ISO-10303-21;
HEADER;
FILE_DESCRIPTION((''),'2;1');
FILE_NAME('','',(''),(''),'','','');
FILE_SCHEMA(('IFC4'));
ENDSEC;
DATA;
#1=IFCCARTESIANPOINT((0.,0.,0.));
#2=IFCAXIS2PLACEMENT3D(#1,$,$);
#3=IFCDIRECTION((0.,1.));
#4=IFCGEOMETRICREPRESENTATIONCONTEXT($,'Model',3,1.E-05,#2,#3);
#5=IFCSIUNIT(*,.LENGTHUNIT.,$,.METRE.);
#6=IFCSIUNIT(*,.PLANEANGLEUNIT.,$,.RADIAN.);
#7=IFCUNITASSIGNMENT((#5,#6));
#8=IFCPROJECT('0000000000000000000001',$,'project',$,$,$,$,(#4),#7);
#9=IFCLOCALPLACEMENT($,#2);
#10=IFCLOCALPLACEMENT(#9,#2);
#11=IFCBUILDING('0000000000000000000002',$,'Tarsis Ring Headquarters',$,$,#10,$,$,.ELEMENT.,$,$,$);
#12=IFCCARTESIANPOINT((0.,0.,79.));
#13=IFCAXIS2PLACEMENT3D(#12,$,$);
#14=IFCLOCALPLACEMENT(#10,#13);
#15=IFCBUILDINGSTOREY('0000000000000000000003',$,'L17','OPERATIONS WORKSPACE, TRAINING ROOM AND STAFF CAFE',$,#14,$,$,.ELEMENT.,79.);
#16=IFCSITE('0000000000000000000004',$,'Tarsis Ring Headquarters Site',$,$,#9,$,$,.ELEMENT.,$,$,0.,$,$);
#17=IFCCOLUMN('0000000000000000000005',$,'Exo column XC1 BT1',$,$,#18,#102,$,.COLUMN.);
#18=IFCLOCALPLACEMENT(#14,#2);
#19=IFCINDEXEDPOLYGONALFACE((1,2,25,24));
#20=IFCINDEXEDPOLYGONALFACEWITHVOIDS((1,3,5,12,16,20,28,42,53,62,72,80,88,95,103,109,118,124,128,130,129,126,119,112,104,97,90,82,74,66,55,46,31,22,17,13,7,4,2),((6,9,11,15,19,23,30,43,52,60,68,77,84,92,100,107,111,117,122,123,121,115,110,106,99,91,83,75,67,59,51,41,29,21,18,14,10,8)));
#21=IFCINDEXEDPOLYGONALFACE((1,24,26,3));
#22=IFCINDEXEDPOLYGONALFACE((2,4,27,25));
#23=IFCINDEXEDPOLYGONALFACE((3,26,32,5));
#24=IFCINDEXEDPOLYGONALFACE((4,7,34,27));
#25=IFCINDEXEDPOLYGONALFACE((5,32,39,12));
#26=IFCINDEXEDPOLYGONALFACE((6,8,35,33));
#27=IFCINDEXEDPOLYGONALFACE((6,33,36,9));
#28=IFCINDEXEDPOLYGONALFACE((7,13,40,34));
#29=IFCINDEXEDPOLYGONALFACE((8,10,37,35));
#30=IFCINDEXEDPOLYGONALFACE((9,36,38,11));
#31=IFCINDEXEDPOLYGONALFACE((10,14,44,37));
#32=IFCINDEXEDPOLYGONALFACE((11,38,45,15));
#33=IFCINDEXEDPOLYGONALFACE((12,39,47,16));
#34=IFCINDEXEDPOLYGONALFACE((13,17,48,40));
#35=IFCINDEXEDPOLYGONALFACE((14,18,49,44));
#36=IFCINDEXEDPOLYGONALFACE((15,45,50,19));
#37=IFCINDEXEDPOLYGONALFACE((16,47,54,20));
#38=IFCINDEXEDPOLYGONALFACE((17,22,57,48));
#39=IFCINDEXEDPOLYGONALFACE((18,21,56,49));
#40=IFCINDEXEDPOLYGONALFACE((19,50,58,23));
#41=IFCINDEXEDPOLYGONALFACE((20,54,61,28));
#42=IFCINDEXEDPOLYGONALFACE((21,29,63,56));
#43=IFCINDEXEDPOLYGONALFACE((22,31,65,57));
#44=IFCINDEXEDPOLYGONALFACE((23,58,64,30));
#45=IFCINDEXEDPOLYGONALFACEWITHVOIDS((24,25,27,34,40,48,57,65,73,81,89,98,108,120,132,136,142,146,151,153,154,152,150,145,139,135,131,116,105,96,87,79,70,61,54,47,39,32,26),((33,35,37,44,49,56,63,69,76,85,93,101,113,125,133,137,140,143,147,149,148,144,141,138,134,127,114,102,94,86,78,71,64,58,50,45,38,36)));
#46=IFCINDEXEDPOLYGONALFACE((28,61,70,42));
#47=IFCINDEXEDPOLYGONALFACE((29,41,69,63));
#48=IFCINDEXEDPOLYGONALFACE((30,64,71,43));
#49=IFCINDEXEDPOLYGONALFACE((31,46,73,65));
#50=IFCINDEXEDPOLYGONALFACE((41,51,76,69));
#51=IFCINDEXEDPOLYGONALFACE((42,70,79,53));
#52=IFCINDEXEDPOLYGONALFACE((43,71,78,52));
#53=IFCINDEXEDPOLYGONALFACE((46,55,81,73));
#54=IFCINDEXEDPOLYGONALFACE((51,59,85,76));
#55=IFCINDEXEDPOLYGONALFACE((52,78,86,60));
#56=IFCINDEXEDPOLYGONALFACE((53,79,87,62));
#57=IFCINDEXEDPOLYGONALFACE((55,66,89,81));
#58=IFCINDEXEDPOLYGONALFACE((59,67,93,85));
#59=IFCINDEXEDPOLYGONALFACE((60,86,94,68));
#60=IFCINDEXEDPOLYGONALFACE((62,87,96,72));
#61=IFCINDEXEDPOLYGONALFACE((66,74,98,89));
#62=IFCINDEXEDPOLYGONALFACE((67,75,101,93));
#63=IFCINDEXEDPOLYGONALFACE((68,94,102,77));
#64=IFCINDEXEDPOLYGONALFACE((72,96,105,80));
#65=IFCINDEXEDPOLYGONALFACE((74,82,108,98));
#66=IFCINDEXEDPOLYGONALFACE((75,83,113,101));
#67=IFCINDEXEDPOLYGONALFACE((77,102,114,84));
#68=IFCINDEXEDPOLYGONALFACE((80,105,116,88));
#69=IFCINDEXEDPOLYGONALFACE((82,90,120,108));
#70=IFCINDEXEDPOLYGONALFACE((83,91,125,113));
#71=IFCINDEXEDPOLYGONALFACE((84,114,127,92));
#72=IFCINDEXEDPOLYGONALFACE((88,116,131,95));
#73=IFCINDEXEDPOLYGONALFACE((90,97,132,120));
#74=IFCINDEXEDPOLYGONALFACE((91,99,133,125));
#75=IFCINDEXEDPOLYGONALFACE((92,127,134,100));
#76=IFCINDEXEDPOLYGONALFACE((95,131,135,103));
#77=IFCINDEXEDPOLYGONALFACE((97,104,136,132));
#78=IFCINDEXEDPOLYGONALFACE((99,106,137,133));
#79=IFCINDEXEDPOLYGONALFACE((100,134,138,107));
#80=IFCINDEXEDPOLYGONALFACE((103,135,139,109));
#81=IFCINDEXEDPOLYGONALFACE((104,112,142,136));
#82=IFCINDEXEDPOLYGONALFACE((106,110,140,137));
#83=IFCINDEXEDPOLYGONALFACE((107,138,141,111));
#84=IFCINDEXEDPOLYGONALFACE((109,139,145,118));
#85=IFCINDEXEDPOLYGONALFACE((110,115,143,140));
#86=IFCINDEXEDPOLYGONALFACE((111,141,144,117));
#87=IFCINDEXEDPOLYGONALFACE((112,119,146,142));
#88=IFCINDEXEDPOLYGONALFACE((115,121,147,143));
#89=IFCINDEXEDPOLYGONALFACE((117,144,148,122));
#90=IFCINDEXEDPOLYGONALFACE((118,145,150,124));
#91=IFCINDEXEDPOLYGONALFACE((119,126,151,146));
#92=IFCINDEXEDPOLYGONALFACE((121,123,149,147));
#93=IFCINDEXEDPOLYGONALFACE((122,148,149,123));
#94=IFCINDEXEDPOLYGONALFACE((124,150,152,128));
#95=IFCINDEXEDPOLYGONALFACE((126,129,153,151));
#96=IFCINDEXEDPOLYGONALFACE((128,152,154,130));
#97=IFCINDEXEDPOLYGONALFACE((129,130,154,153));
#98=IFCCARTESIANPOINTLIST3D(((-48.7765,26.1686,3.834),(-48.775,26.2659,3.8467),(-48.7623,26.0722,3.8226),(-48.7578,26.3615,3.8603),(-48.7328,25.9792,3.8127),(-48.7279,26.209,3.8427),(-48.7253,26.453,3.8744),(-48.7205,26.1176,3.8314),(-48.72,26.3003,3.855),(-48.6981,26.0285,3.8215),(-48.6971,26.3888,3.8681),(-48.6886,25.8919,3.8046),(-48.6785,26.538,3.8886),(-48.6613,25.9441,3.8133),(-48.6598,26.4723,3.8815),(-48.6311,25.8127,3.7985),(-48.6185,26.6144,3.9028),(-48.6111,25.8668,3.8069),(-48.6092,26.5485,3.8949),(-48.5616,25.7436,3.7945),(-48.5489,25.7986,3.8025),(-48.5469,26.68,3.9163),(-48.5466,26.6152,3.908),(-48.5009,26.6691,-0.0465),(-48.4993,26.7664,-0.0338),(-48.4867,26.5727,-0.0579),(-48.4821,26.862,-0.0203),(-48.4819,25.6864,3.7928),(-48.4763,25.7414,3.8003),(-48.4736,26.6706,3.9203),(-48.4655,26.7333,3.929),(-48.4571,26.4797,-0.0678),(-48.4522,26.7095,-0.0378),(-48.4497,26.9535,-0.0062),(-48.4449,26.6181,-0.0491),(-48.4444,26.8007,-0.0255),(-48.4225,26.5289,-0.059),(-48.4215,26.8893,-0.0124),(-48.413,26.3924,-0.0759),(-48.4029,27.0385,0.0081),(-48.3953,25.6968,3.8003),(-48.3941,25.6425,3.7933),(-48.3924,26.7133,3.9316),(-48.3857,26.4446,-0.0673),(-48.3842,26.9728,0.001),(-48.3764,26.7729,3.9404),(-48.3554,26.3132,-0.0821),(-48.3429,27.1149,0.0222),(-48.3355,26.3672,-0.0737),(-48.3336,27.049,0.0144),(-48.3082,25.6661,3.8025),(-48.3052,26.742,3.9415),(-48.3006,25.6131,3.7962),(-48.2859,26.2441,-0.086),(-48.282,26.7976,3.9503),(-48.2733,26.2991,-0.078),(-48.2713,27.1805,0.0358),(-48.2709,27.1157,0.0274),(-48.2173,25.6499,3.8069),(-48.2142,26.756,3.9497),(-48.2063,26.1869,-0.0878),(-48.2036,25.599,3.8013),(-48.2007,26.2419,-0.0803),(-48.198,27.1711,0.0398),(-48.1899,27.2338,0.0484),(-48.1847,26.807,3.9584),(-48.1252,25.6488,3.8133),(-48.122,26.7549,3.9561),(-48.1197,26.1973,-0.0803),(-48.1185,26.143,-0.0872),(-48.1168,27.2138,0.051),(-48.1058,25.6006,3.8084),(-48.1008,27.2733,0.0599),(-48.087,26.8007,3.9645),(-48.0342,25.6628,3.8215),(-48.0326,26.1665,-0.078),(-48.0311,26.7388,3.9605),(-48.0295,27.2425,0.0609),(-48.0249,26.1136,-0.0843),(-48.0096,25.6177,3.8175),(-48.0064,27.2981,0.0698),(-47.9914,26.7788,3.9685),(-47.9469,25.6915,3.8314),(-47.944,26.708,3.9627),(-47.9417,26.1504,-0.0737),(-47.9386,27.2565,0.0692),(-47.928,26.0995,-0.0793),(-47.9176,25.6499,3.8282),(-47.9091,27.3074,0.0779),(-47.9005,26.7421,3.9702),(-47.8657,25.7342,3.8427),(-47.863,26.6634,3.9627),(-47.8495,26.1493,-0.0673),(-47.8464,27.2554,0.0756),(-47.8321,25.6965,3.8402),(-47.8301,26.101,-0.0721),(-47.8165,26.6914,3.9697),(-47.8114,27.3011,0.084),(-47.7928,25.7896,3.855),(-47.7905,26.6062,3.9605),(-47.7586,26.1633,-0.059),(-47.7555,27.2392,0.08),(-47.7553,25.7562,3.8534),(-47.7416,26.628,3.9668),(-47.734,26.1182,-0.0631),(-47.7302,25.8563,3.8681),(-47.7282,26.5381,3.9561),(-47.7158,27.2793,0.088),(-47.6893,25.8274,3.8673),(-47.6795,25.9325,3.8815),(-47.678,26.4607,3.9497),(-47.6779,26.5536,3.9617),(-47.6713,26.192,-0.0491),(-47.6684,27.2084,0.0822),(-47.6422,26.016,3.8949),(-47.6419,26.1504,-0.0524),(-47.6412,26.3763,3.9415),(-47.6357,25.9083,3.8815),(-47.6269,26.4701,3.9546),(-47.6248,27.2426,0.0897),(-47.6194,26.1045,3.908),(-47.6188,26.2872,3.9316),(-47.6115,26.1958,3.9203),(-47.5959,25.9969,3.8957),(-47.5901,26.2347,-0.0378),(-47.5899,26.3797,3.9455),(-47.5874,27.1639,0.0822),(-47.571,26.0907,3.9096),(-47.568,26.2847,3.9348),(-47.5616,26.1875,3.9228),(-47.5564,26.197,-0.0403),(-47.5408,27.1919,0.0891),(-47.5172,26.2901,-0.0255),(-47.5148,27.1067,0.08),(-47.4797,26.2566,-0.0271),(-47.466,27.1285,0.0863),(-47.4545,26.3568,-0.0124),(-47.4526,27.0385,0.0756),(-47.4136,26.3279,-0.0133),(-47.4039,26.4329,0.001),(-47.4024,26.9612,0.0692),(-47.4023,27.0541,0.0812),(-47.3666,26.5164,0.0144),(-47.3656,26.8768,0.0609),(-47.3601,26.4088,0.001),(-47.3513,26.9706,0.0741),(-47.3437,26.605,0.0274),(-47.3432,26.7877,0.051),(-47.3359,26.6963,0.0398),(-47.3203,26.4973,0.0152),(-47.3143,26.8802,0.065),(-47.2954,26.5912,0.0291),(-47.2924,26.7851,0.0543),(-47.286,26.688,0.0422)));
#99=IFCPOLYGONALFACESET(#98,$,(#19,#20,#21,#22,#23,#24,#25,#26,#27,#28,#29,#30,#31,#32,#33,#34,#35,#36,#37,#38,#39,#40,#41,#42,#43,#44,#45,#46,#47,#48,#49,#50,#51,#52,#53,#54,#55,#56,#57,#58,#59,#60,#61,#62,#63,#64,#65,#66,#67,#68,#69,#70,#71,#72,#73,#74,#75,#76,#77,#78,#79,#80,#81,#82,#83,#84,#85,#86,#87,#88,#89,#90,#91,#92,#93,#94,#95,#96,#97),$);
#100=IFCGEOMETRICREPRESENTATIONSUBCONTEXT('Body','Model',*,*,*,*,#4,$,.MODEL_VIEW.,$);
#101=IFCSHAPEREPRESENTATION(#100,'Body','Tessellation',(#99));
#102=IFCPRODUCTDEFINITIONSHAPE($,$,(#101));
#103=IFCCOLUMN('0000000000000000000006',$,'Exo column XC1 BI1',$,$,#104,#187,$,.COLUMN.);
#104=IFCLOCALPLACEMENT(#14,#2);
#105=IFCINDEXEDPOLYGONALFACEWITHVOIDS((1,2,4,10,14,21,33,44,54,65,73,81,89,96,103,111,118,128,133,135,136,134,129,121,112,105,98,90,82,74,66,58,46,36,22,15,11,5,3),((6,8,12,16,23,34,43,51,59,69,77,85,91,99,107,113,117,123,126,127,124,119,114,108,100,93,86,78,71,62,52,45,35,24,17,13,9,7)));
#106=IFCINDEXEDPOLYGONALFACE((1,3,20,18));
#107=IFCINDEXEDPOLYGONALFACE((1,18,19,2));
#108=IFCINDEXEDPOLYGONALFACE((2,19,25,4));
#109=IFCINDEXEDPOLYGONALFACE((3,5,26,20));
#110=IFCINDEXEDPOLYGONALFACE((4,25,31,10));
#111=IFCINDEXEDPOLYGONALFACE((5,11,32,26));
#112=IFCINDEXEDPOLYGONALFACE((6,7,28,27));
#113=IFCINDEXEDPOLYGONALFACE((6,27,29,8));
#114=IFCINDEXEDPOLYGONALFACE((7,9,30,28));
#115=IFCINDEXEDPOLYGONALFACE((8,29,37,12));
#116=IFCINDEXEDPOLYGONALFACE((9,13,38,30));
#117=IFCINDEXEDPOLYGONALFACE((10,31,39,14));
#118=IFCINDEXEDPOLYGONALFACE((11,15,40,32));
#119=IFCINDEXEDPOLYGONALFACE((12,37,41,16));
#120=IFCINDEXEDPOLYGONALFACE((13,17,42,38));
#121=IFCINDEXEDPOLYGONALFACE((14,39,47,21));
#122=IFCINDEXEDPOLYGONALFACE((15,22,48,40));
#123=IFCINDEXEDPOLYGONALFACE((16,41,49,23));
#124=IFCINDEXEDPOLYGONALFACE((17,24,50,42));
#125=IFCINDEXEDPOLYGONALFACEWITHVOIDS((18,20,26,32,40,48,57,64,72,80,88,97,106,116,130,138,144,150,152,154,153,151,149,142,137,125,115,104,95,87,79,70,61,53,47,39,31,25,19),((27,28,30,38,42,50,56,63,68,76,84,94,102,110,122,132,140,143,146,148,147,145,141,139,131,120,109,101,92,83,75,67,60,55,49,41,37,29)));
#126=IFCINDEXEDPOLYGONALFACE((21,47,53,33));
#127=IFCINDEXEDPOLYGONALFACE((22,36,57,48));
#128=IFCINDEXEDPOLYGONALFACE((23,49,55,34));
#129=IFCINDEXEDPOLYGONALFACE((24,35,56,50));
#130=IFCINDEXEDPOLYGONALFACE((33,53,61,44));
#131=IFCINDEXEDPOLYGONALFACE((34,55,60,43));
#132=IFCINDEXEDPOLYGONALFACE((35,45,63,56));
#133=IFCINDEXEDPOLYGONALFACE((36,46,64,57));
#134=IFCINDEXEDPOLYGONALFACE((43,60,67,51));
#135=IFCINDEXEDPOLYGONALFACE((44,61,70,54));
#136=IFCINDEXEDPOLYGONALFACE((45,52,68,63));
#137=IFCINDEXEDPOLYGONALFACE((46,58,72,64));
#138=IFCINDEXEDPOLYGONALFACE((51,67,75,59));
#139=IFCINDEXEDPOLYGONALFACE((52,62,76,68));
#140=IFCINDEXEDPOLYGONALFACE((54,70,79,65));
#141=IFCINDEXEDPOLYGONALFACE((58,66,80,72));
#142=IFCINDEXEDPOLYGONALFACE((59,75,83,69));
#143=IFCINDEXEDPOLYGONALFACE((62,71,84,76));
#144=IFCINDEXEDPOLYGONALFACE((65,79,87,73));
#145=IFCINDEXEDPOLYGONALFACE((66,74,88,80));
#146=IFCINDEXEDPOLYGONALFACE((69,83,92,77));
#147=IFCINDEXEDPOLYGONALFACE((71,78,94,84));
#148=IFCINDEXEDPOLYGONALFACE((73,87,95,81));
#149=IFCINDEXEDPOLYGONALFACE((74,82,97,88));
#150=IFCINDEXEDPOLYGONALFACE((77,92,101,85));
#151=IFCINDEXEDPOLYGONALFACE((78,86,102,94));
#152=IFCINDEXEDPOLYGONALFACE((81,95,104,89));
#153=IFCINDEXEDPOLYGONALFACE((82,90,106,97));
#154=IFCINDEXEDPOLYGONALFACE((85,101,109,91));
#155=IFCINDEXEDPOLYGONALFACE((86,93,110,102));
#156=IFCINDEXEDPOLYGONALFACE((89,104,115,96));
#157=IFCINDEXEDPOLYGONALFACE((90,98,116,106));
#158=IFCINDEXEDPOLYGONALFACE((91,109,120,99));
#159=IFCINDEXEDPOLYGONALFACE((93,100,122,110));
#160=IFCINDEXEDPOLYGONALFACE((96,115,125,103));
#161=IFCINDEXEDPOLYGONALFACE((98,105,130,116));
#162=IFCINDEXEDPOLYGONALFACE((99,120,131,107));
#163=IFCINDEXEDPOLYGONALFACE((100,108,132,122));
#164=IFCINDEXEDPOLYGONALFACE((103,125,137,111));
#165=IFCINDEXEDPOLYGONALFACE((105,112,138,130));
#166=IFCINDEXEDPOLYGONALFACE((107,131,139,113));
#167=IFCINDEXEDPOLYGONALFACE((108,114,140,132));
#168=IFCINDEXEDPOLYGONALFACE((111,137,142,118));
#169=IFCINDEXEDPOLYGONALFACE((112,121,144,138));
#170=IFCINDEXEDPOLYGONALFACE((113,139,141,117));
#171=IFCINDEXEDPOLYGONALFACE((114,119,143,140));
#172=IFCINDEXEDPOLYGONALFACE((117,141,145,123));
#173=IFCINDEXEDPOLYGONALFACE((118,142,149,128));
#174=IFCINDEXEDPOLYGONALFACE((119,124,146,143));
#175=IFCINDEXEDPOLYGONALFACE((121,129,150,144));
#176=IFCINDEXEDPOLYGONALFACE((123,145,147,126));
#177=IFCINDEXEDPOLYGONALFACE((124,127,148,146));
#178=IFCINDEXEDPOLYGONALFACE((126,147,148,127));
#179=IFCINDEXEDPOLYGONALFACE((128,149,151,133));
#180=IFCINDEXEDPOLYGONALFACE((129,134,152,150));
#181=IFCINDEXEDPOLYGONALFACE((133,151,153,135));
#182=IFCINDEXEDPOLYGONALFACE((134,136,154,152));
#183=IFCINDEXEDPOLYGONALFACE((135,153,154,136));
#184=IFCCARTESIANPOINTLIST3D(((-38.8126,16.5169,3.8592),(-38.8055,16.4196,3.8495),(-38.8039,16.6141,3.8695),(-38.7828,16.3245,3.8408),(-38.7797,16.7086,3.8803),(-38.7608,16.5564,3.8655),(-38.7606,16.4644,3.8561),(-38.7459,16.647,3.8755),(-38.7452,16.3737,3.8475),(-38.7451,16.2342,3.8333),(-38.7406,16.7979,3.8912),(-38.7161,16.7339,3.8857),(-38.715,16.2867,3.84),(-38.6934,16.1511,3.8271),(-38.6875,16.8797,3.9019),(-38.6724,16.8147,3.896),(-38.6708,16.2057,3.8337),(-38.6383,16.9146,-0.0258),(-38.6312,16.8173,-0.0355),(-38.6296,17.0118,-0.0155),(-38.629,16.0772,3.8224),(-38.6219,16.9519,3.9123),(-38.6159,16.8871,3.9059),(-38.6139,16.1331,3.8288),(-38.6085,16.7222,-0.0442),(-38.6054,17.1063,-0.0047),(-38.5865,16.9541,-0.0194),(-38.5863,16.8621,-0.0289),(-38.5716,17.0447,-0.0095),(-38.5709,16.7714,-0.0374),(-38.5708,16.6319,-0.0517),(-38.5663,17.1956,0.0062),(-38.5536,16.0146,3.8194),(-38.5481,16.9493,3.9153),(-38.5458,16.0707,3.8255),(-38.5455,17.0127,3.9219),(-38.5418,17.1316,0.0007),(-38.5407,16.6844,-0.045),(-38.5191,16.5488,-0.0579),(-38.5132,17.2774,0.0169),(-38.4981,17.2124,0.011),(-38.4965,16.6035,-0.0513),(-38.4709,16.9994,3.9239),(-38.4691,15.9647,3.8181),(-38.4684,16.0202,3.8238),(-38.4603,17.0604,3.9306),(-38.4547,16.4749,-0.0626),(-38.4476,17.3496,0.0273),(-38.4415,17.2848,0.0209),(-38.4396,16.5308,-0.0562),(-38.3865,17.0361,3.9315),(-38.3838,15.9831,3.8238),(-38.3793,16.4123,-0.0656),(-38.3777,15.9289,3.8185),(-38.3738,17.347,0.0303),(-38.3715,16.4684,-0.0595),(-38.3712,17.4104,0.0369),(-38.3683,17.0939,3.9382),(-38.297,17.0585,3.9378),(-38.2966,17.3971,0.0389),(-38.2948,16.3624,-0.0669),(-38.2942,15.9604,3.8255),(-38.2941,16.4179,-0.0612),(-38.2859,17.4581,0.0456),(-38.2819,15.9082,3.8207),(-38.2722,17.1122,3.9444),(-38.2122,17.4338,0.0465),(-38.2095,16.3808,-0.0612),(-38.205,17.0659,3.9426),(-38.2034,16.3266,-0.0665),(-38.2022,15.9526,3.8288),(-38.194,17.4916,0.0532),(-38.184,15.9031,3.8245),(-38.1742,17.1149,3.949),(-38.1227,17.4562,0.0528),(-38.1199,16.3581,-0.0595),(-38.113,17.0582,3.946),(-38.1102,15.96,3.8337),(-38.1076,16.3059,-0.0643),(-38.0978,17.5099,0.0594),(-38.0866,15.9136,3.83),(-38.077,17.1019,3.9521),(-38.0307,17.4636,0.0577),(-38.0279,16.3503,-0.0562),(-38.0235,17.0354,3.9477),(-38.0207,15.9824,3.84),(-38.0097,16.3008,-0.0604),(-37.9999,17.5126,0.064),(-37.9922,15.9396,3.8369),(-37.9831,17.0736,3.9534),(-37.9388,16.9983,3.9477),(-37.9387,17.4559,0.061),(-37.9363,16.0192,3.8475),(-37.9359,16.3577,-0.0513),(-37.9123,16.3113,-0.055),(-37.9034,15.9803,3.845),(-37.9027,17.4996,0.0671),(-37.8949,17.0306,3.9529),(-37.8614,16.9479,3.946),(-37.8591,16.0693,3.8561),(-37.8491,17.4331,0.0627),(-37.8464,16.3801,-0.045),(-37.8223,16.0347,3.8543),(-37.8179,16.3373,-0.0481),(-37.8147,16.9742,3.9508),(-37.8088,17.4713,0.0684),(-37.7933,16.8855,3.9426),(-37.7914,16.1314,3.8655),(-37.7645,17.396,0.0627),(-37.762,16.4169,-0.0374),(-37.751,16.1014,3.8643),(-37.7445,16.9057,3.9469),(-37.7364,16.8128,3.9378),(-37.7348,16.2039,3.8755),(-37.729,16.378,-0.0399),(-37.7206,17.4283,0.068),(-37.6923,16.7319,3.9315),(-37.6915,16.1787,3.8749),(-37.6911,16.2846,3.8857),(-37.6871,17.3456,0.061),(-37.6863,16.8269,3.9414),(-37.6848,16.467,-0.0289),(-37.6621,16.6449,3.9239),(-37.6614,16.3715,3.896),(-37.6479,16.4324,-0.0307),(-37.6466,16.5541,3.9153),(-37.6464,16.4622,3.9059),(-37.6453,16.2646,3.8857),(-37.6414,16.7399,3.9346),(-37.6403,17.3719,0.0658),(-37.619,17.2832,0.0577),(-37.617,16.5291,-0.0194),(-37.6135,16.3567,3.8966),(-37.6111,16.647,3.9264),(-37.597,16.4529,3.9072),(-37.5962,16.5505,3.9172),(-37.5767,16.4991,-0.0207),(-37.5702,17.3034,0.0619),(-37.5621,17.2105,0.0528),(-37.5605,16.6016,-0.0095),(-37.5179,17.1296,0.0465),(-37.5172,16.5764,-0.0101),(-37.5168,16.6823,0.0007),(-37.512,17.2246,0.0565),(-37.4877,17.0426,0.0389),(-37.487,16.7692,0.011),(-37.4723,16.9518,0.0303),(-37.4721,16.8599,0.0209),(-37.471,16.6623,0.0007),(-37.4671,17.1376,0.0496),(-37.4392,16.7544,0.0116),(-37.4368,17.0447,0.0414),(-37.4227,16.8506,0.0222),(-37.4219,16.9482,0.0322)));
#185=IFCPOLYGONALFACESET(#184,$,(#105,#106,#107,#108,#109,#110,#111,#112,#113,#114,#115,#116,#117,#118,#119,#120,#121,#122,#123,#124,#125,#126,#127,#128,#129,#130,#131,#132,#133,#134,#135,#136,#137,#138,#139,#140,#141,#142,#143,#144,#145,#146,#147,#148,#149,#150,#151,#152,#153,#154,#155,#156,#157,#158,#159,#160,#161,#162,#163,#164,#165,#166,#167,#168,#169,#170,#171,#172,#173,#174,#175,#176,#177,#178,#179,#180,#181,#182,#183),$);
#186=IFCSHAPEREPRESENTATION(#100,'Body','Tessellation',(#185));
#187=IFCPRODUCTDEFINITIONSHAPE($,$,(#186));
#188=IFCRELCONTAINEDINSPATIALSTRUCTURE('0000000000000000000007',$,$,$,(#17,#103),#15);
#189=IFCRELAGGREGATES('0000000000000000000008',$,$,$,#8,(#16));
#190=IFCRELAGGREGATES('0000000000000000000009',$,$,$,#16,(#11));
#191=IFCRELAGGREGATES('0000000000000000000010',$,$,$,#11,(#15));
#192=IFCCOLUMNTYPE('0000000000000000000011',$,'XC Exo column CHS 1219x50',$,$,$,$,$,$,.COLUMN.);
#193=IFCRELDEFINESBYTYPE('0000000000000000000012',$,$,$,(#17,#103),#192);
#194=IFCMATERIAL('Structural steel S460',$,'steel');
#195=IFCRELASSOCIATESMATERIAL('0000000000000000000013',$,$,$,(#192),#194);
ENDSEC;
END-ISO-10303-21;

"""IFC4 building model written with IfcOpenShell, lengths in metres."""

from ifc_helpers import new_model, si_unit, direction, frame, origin, origin_2d, place, context, subcontext, project, spatial, hollow_circle, extrude, material, material_profile, profile_set, type_object, element, save


model = new_model("IFC4")

# Units and contexts
model_context = context("Model", 3, precision=1e-05, world=origin(), true_north=direction((0.0, 1.0)))
body_context = subcontext(model_context, "Body", "Model", "MODEL_VIEW")
ifc_project = project(units=[si_unit("LENGTHUNIT", "METRE"), si_unit("PLANEANGLEUNIT", "RADIAN")], contexts=[model_context])

# Site, building, storey
site_placement = place(None, origin())
site = spatial("IfcSite", under=ifc_project, at=site_placement, Name="Tarsis Ring Headquarters Site", CompositionType="ELEMENT", RefElevation=0.0)
building_placement = place(site_placement, origin())
building = spatial("IfcBuilding", under=site, at=building_placement, Name="Tarsis Ring Headquarters", CompositionType="ELEMENT")
storey_placement = place(building_placement, frame((0.0, 0.0, 79.0)))
storey = spatial("IfcBuildingStorey", under=building, at=storey_placement, Name="L17", Description="OPERATIONS WORKSPACE, TRAINING ROOM AND STAFF CAFE", CompositionType="ELEMENT", Elevation=79.0)

# Columns
ifc_material_1 = material(Name="Structural steel S460", Category="steel")
ifc_material_profile_1 = material_profile(ifc_material_1, hollow_circle(Radius=0.6096, WallThickness=0.05, at=origin_2d()), Name="CHS 1219x50")
ifc_profile_set_1 = profile_set([ifc_material_profile_1], Name="Structural steel S460")
column_type = type_object("IfcColumnType", Name="XC Exo column CHS 1219x50", PredefinedType="COLUMN", material=ifc_profile_set_1)
column_1_placement = place(storey_placement, frame((-47.894, 26.7029, 0.001), z_axis=(-0.070271, -0.127596, 0.989334), x_axis=(0.875945, -0.482411, 0.0)))
element("IfcColumn", 1, at=column_1_placement, inside=storey, type_object=column_type, Name="Exo column XC1 BT1", PredefinedType="COLUMN", context=body_context, shape_type="SweptSolid", body=[
    extrude(hollow_circle(Radius=0.6096, WallThickness=0.05, at=origin_2d()), origin(), (0.0, 0.0, 1.0), 3.9224),
])
column_2_placement = place(storey_placement, frame((-38.0293, 16.907, 0.0007), z_axis=(-0.044591, -0.101736, 0.993812), x_axis=(0.915886, -0.401438, 0.0)))
element("IfcColumn", 2, at=column_2_placement, inside=storey, type_object=column_type, Name="Exo column XC1 BI1", PredefinedType="COLUMN", context=body_context, shape_type="SweptSolid", body=[
    extrude(hollow_circle(Radius=0.6096, WallThickness=0.05, at=origin_2d()), origin(), (0.0, 0.0, 1.0), 3.9092),
])

save(model, "model.ifc")
